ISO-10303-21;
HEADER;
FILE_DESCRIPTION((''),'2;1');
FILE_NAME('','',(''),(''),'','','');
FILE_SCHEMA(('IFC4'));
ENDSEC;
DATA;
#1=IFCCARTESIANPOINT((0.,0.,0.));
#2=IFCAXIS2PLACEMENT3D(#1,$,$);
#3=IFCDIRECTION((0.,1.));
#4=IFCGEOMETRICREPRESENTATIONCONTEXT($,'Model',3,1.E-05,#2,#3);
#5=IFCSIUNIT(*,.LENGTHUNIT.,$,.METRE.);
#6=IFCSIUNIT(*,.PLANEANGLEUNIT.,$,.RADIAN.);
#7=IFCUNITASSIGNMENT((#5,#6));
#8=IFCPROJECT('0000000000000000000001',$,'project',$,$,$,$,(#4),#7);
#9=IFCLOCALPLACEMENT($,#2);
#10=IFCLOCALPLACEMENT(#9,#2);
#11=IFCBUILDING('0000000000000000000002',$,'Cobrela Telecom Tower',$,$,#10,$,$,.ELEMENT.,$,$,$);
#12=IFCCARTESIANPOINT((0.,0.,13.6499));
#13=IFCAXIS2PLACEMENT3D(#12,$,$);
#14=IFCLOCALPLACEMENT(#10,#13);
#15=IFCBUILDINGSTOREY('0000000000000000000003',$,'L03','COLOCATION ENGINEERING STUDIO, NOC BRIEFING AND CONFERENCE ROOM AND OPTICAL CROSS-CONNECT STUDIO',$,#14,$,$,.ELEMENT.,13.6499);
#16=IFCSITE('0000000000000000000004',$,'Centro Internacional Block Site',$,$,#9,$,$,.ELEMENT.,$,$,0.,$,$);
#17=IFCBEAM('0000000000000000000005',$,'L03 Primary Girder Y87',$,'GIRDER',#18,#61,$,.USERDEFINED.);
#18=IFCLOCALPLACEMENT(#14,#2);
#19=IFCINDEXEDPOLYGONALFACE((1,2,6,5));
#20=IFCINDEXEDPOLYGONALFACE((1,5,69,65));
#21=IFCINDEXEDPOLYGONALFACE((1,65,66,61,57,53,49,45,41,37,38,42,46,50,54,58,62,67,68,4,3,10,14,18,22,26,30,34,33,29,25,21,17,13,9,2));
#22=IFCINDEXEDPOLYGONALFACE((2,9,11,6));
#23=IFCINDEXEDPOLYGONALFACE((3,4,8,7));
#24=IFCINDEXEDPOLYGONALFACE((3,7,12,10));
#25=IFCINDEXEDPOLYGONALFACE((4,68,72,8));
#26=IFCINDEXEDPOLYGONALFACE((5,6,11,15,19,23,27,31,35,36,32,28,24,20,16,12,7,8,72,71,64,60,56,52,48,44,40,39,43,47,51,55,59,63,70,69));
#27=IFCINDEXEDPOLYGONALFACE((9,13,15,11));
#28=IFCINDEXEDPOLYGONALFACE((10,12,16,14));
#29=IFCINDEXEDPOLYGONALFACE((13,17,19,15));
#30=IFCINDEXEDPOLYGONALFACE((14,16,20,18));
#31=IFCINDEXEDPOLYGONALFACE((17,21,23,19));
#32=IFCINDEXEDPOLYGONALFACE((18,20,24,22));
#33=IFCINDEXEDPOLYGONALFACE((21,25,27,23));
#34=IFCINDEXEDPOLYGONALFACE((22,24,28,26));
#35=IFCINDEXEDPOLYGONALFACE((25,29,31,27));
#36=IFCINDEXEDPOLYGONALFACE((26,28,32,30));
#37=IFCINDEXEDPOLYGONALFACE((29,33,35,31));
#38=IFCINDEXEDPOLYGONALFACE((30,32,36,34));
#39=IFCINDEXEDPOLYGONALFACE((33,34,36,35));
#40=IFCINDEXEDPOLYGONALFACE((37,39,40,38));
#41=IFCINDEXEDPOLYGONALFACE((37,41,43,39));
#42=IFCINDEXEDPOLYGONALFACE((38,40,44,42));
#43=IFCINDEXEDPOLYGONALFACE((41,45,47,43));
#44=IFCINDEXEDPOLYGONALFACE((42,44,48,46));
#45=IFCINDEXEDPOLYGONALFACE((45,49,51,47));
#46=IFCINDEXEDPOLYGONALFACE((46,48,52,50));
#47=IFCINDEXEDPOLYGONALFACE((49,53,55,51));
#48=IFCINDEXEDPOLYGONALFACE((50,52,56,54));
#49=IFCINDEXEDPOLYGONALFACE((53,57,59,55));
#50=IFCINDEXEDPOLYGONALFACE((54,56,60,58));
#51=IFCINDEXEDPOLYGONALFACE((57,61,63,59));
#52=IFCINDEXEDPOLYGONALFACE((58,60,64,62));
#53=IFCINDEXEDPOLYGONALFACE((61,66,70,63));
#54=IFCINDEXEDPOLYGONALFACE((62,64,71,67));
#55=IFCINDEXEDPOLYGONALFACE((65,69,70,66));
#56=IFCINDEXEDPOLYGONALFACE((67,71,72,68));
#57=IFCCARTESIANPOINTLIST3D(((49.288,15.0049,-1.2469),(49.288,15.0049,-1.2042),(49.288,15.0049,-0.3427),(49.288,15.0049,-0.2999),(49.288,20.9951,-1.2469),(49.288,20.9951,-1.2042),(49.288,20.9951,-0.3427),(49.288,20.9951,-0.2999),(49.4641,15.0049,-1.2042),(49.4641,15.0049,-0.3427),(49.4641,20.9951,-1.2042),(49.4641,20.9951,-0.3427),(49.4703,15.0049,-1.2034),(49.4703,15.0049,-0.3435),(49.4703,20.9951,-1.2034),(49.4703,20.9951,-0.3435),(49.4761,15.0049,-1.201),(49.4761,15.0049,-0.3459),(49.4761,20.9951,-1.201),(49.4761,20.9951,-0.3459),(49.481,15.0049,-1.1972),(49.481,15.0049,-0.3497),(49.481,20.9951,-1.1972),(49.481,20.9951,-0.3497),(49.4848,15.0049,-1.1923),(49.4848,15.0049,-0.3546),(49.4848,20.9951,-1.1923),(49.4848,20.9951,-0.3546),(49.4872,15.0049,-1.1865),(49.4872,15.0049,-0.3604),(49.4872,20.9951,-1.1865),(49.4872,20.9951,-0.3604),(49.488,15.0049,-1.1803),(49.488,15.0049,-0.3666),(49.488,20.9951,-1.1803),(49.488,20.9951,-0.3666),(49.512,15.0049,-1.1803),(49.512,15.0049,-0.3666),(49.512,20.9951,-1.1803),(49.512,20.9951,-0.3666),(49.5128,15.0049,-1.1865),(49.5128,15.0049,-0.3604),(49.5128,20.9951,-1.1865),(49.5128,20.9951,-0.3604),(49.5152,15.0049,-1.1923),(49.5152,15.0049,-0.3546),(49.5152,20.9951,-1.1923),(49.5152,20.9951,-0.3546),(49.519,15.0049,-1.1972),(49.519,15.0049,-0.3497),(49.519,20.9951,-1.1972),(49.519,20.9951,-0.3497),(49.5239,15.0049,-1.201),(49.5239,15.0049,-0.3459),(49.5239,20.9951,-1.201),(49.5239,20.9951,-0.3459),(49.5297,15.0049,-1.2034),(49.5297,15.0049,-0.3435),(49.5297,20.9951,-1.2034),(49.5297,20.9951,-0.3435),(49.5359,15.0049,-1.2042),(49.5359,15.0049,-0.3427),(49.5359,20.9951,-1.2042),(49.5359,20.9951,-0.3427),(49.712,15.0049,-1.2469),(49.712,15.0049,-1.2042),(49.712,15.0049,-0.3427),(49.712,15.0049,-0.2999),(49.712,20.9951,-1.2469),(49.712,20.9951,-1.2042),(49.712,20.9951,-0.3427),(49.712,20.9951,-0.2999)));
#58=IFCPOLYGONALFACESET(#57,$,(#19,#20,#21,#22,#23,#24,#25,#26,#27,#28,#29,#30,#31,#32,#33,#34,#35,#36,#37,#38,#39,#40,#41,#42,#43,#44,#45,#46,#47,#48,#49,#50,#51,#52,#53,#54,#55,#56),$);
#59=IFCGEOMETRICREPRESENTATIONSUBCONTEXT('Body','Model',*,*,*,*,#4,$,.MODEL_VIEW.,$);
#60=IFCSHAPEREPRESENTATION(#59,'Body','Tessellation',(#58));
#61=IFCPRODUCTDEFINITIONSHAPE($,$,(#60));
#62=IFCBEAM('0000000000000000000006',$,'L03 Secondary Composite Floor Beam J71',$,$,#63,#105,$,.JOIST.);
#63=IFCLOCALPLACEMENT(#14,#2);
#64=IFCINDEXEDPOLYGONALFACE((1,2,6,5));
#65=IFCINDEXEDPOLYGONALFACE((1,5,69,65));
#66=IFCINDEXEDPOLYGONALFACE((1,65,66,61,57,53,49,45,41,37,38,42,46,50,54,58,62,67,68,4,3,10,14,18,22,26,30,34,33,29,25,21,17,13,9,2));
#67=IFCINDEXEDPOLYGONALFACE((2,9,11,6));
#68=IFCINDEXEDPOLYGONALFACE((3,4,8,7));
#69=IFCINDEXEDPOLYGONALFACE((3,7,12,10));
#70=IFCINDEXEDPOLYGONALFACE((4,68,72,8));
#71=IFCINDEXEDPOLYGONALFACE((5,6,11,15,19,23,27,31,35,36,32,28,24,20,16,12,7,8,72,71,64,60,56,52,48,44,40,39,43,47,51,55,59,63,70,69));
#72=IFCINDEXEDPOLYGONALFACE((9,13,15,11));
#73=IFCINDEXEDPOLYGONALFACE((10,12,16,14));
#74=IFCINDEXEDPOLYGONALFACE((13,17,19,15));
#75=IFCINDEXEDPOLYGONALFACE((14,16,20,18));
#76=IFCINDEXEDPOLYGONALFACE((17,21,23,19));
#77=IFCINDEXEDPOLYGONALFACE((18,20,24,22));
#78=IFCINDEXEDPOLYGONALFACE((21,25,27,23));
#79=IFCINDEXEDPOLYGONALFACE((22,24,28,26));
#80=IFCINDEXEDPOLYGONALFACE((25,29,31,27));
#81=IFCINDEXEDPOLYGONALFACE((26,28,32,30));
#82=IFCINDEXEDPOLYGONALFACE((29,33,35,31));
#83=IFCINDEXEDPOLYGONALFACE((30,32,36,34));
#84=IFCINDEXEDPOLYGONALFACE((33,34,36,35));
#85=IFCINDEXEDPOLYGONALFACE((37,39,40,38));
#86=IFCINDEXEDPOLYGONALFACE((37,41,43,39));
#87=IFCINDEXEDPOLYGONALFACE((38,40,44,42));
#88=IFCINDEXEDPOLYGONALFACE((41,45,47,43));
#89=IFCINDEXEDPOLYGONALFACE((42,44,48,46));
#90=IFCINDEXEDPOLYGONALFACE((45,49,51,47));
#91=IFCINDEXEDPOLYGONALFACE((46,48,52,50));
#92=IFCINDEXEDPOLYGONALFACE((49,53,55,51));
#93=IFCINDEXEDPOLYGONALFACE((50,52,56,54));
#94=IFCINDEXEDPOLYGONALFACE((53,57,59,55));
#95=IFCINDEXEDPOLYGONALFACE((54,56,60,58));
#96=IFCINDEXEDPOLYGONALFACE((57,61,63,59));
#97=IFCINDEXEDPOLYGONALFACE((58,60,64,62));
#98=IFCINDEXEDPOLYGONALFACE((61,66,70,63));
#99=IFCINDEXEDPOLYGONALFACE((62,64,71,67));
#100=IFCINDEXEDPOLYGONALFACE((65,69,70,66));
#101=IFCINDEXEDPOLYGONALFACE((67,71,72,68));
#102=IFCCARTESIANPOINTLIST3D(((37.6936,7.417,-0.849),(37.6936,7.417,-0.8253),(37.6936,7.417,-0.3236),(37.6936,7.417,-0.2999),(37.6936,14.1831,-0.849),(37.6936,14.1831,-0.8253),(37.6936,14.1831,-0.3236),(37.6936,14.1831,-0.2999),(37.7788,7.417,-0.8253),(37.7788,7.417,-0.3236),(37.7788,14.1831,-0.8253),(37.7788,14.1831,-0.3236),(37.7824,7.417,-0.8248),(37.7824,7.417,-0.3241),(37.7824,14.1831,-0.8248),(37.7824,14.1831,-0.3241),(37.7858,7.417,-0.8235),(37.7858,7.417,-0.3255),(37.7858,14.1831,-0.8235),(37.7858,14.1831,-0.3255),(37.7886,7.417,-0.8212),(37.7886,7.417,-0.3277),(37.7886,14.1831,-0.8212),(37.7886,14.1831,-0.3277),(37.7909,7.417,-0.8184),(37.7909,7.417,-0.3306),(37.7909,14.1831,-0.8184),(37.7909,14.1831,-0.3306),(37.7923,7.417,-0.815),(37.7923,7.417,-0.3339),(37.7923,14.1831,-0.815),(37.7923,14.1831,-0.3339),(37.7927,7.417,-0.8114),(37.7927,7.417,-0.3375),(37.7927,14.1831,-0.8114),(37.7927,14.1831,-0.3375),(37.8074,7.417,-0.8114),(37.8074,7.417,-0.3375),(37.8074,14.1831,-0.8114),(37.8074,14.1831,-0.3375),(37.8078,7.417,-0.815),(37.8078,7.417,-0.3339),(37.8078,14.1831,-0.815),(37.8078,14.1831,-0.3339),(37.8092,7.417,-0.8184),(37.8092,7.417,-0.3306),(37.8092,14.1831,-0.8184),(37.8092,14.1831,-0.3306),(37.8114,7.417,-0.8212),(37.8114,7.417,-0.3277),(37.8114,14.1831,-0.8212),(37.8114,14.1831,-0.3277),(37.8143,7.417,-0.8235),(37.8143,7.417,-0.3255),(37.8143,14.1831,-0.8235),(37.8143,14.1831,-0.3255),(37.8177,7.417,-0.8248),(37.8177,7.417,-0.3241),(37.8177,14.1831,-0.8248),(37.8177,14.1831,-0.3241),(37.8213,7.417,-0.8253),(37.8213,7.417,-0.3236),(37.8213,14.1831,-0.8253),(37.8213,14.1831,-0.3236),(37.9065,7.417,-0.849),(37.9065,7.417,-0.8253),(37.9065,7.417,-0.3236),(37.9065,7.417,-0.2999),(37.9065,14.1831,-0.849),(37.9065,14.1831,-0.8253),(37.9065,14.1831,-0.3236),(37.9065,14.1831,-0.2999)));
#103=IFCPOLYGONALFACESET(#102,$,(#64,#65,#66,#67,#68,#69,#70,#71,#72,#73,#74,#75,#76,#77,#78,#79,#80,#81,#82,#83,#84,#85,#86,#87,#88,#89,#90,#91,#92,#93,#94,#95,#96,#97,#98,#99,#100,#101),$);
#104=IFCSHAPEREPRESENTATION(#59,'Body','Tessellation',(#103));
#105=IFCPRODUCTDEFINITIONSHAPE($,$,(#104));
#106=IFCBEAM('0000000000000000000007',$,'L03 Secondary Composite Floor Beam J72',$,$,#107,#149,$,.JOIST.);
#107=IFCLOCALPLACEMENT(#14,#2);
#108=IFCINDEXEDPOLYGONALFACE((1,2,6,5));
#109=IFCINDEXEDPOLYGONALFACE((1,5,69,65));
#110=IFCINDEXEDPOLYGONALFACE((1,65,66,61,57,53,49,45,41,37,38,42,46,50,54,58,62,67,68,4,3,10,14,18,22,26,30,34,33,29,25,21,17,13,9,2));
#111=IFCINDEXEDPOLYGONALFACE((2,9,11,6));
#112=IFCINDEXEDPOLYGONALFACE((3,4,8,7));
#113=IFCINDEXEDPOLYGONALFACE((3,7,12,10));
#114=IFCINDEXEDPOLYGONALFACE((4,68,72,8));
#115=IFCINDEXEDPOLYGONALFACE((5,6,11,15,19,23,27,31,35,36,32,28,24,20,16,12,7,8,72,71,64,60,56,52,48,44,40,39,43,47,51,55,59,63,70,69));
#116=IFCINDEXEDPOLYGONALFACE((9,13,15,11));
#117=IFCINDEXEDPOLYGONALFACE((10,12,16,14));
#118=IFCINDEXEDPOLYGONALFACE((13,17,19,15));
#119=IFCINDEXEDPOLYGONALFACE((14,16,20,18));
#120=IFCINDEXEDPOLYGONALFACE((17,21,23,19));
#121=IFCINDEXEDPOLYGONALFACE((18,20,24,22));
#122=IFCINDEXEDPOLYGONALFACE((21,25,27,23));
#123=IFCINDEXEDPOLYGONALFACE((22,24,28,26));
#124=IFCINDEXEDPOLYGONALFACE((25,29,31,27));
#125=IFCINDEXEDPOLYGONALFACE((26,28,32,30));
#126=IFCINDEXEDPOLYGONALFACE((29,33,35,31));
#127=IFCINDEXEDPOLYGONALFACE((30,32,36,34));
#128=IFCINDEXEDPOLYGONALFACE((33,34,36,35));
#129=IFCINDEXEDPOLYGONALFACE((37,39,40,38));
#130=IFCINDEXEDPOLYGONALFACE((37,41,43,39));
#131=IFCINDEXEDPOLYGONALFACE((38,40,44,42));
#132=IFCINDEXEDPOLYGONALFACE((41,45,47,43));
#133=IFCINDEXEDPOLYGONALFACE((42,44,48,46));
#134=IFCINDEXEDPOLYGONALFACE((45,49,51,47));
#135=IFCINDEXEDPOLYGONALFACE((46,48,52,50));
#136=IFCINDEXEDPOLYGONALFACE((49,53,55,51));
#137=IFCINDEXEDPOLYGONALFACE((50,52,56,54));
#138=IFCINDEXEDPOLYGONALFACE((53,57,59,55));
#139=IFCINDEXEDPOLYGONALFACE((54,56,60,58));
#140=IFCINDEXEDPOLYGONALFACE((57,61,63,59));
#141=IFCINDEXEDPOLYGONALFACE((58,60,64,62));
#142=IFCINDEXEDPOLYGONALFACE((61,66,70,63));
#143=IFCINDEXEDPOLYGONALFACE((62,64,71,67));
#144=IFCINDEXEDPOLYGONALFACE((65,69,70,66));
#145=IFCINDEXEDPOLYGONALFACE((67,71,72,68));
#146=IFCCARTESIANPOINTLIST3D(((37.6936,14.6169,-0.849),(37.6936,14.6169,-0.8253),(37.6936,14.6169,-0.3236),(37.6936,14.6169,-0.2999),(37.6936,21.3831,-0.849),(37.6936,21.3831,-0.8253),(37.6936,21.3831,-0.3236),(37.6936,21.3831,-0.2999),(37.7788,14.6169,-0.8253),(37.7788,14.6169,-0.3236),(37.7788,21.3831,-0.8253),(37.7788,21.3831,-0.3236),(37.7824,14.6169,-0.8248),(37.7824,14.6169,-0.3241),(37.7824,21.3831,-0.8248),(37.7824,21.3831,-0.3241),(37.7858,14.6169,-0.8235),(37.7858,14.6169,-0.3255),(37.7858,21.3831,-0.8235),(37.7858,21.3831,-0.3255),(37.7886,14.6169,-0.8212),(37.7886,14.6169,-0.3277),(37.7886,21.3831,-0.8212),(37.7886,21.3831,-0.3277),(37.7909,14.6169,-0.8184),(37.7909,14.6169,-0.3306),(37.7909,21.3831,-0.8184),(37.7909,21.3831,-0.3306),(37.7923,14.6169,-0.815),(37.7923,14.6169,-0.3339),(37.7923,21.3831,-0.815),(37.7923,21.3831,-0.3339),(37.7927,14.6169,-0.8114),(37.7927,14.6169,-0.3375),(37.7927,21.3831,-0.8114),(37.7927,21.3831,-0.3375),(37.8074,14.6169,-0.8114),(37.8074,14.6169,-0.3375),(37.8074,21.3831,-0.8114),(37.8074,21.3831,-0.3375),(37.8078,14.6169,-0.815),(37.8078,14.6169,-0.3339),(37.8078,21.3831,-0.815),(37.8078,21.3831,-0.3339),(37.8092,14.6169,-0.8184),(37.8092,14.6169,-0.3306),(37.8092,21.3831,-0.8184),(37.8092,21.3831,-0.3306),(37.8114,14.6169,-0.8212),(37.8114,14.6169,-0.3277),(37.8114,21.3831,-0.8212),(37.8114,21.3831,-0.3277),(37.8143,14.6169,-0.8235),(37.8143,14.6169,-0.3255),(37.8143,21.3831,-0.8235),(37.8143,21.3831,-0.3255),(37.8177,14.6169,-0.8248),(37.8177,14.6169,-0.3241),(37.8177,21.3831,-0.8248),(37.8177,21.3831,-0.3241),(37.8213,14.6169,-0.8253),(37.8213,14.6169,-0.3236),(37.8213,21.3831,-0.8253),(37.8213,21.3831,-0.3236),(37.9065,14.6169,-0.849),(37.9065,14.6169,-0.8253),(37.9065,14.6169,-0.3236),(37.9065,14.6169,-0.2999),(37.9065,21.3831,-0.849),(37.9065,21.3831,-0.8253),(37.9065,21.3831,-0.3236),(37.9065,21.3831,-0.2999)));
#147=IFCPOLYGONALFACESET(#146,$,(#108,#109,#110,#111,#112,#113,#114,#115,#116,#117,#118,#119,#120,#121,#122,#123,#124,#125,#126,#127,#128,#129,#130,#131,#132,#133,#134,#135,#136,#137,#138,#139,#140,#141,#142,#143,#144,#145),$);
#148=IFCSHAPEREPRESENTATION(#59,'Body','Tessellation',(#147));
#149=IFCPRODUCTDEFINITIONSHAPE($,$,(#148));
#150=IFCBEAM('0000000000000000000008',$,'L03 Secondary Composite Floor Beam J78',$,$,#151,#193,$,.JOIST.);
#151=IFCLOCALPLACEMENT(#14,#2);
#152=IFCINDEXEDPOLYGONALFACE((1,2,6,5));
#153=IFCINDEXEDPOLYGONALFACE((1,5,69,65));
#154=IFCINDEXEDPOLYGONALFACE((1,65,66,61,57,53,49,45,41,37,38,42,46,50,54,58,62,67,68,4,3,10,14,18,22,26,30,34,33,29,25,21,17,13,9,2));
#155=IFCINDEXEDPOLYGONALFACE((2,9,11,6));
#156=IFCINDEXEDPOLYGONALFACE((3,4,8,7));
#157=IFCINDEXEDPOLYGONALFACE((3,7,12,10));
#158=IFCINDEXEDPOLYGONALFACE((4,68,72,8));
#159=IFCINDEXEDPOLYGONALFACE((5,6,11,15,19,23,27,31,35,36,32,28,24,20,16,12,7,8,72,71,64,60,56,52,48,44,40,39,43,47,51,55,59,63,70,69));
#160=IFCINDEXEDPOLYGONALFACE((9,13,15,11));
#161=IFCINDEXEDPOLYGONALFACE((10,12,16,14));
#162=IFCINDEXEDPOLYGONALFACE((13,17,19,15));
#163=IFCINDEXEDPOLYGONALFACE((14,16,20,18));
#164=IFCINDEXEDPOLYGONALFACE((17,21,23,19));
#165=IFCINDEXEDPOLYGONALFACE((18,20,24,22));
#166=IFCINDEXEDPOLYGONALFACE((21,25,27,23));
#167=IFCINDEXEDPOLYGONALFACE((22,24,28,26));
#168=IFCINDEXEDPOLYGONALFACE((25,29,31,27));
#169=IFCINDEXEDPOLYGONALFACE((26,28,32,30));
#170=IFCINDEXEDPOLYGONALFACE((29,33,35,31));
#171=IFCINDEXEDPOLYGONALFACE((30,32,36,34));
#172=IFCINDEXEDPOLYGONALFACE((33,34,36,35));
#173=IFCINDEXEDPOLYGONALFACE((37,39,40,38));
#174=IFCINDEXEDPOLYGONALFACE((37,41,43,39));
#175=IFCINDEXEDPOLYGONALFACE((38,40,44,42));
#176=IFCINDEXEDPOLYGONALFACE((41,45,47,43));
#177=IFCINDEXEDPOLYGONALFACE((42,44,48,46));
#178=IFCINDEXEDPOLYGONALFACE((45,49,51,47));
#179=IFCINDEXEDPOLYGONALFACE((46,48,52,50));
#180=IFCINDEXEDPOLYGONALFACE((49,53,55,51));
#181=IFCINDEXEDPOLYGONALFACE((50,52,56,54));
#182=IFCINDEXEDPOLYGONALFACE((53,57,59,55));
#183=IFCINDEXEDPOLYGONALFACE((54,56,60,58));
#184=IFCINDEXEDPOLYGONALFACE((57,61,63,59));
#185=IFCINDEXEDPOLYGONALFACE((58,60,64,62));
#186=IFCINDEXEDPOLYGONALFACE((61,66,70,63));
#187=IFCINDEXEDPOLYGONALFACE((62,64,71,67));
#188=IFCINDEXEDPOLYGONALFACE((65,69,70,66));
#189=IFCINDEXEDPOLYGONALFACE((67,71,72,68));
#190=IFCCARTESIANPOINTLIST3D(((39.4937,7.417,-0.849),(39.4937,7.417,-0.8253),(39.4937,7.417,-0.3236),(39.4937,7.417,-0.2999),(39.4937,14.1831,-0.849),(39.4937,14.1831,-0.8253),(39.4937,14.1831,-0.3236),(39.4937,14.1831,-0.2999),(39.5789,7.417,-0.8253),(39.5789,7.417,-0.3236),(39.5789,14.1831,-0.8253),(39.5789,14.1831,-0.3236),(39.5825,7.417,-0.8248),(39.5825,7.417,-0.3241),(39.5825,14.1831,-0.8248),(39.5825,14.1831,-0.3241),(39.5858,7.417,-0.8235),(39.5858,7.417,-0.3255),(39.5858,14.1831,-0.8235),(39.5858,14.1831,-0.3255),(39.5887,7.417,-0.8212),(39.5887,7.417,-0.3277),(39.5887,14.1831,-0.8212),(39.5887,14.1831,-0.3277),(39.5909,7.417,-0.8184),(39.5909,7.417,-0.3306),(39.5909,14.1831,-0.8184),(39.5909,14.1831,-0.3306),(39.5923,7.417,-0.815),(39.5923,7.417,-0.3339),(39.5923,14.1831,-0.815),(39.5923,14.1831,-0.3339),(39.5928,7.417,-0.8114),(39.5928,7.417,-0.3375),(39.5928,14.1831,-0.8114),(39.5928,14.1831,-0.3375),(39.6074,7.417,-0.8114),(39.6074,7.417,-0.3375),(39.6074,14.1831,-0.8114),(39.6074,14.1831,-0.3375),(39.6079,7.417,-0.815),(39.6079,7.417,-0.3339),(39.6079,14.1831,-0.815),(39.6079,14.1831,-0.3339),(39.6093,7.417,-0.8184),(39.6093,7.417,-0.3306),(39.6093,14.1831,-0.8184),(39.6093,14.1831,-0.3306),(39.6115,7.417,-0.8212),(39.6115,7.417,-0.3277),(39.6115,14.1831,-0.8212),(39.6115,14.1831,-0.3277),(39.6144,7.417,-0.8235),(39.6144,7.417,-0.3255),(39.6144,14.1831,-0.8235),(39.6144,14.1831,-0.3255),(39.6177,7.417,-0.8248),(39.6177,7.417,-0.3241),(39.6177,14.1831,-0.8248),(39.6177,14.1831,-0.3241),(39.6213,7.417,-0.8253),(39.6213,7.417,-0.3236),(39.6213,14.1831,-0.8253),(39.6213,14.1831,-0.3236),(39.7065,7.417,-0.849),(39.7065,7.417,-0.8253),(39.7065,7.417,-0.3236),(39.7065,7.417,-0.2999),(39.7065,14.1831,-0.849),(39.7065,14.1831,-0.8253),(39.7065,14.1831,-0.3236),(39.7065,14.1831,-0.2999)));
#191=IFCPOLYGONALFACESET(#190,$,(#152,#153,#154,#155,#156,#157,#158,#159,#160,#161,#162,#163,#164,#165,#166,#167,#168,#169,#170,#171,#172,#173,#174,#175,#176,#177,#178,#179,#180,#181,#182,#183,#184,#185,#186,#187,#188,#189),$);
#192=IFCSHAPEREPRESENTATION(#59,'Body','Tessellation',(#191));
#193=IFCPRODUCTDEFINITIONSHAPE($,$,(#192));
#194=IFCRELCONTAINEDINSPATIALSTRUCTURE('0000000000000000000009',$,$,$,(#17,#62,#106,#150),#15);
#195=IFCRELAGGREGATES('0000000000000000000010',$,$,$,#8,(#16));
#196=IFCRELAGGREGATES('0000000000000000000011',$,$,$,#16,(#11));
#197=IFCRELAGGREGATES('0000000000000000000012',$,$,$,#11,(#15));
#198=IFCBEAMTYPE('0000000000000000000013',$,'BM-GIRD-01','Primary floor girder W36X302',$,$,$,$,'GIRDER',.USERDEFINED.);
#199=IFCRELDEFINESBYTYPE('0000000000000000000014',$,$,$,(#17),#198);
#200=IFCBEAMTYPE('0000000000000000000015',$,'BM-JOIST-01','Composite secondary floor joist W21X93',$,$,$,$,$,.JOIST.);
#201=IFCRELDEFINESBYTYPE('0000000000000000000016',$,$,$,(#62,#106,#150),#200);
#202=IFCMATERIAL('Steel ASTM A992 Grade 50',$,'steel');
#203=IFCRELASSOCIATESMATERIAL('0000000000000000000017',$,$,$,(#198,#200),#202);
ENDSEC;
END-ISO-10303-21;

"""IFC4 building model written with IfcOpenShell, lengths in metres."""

from ifc_helpers import new_model, si_unit, direction, frame, origin, origin_2d, place, context, subcontext, project, spatial, i_section, extrude, material, material_profile, profile_set, type_object, element, save


model = new_model("IFC4")

# Units and contexts
model_context = context("Model", 3, precision=1e-05, world=origin(), true_north=direction((0.0, 1.0)))
body_context = subcontext(model_context, "Body", "Model", "MODEL_VIEW")
ifc_project = project(units=[si_unit("LENGTHUNIT", "METRE"), si_unit("PLANEANGLEUNIT", "RADIAN")], contexts=[model_context])

# Site, building, storey
site_placement = place(None, origin())
site = spatial("IfcSite", under=ifc_project, at=site_placement, Name="Centro Internacional Block Site", CompositionType="ELEMENT", RefElevation=0.0)
building_placement = place(site_placement, origin())
building = spatial("IfcBuilding", under=site, at=building_placement, Name="Cobrela Telecom Tower", CompositionType="ELEMENT")
storey_placement = place(building_placement, frame((0.0, 0.0, 13.6499)))
storey = spatial("IfcBuildingStorey", under=building, at=storey_placement, Name="L03", Description="COLOCATION ENGINEERING STUDIO, NOC BRIEFING AND CONFERENCE ROOM AND OPTICAL CROSS-CONNECT STUDIO", CompositionType="ELEMENT", Elevation=13.6499)

# Beams
ifc_material_1 = material(Name="Steel ASTM A992 Grade 50", Category="steel")
ifc_material_profile_1 = material_profile(ifc_material_1, i_section(OverallWidth=0.4241, OverallDepth=0.947, WebThickness=0.0239, FlangeThickness=0.0427, FilletRadius=0.0239, at=origin_2d()), Name="W36X302")
ifc_profile_set_1 = profile_set([ifc_material_profile_1], Name="Steel ASTM A992 Grade 50")
beam_type_1 = type_object("IfcBeamType", Name="BM-GIRD-01", Description="Primary floor girder W36X302", ElementType="GIRDER", PredefinedType="USERDEFINED", material=ifc_profile_set_1)
beam_1_placement = place(storey_placement, frame((49.5, 15.0049, -0.7734), z_axis=(0.0, 1.0, 0.0), x_axis=(-1.0, 0.0, 0.0)))
element("IfcBeam", 1, at=beam_1_placement, inside=storey, type_object=beam_type_1, Name="L03 Primary Girder Y87", ObjectType="GIRDER", PredefinedType="USERDEFINED", context=body_context, shape_type="SweptSolid", body=[
    extrude(i_section(OverallWidth=0.4241, OverallDepth=0.947, WebThickness=0.0239, FlangeThickness=0.0427, FilletRadius=0.0239, at=origin_2d()), origin(), (0.0, 0.0, 1.0), 5.9902),
])
ifc_material_profile_2 = material_profile(ifc_material_1, i_section(OverallWidth=0.2129, OverallDepth=0.5491, WebThickness=0.0146, FlangeThickness=0.0237, FilletRadius=0.0139, at=origin_2d()), Name="W21X93")
ifc_profile_set_2 = profile_set([ifc_material_profile_2], Name="Steel ASTM A992 Grade 50")
beam_type_2 = type_object("IfcBeamType", Name="BM-JOIST-01", Description="Composite secondary floor joist W21X93", PredefinedType="JOIST", material=ifc_profile_set_2)
for number, where, z_axis, x_axis, name in (
    (2, (37.8, 7.417, -0.5745), (0.0, 1.0, 0.0), (-1.0, 0.0, 0.0), "L03 Secondary Composite Floor Beam J71"),
    (3, (37.8, 14.6169, -0.5745), (0.0, 1.0, 0.0), (-1.0, 0.0, 0.0), "L03 Secondary Composite Floor Beam J72"),
    (4, (39.6001, 7.417, -0.5745), (0.0, 1.0, 0.0), (-1.0, 0.0, 0.0), "L03 Secondary Composite Floor Beam J78"),
):
    element("IfcBeam", number, at=place(storey_placement, frame(where, z_axis=z_axis, x_axis=x_axis)), inside=storey, type_object=beam_type_2, Name=name, PredefinedType="JOIST", context=body_context, shape_type="SweptSolid", body=[
        extrude(i_section(OverallWidth=0.2129, OverallDepth=0.5491, WebThickness=0.0146, FlangeThickness=0.0237, FilletRadius=0.0139, at=origin_2d()), origin(), (0.0, 0.0, 1.0), 6.7661),
    ])

save(model, "model.ifc")
